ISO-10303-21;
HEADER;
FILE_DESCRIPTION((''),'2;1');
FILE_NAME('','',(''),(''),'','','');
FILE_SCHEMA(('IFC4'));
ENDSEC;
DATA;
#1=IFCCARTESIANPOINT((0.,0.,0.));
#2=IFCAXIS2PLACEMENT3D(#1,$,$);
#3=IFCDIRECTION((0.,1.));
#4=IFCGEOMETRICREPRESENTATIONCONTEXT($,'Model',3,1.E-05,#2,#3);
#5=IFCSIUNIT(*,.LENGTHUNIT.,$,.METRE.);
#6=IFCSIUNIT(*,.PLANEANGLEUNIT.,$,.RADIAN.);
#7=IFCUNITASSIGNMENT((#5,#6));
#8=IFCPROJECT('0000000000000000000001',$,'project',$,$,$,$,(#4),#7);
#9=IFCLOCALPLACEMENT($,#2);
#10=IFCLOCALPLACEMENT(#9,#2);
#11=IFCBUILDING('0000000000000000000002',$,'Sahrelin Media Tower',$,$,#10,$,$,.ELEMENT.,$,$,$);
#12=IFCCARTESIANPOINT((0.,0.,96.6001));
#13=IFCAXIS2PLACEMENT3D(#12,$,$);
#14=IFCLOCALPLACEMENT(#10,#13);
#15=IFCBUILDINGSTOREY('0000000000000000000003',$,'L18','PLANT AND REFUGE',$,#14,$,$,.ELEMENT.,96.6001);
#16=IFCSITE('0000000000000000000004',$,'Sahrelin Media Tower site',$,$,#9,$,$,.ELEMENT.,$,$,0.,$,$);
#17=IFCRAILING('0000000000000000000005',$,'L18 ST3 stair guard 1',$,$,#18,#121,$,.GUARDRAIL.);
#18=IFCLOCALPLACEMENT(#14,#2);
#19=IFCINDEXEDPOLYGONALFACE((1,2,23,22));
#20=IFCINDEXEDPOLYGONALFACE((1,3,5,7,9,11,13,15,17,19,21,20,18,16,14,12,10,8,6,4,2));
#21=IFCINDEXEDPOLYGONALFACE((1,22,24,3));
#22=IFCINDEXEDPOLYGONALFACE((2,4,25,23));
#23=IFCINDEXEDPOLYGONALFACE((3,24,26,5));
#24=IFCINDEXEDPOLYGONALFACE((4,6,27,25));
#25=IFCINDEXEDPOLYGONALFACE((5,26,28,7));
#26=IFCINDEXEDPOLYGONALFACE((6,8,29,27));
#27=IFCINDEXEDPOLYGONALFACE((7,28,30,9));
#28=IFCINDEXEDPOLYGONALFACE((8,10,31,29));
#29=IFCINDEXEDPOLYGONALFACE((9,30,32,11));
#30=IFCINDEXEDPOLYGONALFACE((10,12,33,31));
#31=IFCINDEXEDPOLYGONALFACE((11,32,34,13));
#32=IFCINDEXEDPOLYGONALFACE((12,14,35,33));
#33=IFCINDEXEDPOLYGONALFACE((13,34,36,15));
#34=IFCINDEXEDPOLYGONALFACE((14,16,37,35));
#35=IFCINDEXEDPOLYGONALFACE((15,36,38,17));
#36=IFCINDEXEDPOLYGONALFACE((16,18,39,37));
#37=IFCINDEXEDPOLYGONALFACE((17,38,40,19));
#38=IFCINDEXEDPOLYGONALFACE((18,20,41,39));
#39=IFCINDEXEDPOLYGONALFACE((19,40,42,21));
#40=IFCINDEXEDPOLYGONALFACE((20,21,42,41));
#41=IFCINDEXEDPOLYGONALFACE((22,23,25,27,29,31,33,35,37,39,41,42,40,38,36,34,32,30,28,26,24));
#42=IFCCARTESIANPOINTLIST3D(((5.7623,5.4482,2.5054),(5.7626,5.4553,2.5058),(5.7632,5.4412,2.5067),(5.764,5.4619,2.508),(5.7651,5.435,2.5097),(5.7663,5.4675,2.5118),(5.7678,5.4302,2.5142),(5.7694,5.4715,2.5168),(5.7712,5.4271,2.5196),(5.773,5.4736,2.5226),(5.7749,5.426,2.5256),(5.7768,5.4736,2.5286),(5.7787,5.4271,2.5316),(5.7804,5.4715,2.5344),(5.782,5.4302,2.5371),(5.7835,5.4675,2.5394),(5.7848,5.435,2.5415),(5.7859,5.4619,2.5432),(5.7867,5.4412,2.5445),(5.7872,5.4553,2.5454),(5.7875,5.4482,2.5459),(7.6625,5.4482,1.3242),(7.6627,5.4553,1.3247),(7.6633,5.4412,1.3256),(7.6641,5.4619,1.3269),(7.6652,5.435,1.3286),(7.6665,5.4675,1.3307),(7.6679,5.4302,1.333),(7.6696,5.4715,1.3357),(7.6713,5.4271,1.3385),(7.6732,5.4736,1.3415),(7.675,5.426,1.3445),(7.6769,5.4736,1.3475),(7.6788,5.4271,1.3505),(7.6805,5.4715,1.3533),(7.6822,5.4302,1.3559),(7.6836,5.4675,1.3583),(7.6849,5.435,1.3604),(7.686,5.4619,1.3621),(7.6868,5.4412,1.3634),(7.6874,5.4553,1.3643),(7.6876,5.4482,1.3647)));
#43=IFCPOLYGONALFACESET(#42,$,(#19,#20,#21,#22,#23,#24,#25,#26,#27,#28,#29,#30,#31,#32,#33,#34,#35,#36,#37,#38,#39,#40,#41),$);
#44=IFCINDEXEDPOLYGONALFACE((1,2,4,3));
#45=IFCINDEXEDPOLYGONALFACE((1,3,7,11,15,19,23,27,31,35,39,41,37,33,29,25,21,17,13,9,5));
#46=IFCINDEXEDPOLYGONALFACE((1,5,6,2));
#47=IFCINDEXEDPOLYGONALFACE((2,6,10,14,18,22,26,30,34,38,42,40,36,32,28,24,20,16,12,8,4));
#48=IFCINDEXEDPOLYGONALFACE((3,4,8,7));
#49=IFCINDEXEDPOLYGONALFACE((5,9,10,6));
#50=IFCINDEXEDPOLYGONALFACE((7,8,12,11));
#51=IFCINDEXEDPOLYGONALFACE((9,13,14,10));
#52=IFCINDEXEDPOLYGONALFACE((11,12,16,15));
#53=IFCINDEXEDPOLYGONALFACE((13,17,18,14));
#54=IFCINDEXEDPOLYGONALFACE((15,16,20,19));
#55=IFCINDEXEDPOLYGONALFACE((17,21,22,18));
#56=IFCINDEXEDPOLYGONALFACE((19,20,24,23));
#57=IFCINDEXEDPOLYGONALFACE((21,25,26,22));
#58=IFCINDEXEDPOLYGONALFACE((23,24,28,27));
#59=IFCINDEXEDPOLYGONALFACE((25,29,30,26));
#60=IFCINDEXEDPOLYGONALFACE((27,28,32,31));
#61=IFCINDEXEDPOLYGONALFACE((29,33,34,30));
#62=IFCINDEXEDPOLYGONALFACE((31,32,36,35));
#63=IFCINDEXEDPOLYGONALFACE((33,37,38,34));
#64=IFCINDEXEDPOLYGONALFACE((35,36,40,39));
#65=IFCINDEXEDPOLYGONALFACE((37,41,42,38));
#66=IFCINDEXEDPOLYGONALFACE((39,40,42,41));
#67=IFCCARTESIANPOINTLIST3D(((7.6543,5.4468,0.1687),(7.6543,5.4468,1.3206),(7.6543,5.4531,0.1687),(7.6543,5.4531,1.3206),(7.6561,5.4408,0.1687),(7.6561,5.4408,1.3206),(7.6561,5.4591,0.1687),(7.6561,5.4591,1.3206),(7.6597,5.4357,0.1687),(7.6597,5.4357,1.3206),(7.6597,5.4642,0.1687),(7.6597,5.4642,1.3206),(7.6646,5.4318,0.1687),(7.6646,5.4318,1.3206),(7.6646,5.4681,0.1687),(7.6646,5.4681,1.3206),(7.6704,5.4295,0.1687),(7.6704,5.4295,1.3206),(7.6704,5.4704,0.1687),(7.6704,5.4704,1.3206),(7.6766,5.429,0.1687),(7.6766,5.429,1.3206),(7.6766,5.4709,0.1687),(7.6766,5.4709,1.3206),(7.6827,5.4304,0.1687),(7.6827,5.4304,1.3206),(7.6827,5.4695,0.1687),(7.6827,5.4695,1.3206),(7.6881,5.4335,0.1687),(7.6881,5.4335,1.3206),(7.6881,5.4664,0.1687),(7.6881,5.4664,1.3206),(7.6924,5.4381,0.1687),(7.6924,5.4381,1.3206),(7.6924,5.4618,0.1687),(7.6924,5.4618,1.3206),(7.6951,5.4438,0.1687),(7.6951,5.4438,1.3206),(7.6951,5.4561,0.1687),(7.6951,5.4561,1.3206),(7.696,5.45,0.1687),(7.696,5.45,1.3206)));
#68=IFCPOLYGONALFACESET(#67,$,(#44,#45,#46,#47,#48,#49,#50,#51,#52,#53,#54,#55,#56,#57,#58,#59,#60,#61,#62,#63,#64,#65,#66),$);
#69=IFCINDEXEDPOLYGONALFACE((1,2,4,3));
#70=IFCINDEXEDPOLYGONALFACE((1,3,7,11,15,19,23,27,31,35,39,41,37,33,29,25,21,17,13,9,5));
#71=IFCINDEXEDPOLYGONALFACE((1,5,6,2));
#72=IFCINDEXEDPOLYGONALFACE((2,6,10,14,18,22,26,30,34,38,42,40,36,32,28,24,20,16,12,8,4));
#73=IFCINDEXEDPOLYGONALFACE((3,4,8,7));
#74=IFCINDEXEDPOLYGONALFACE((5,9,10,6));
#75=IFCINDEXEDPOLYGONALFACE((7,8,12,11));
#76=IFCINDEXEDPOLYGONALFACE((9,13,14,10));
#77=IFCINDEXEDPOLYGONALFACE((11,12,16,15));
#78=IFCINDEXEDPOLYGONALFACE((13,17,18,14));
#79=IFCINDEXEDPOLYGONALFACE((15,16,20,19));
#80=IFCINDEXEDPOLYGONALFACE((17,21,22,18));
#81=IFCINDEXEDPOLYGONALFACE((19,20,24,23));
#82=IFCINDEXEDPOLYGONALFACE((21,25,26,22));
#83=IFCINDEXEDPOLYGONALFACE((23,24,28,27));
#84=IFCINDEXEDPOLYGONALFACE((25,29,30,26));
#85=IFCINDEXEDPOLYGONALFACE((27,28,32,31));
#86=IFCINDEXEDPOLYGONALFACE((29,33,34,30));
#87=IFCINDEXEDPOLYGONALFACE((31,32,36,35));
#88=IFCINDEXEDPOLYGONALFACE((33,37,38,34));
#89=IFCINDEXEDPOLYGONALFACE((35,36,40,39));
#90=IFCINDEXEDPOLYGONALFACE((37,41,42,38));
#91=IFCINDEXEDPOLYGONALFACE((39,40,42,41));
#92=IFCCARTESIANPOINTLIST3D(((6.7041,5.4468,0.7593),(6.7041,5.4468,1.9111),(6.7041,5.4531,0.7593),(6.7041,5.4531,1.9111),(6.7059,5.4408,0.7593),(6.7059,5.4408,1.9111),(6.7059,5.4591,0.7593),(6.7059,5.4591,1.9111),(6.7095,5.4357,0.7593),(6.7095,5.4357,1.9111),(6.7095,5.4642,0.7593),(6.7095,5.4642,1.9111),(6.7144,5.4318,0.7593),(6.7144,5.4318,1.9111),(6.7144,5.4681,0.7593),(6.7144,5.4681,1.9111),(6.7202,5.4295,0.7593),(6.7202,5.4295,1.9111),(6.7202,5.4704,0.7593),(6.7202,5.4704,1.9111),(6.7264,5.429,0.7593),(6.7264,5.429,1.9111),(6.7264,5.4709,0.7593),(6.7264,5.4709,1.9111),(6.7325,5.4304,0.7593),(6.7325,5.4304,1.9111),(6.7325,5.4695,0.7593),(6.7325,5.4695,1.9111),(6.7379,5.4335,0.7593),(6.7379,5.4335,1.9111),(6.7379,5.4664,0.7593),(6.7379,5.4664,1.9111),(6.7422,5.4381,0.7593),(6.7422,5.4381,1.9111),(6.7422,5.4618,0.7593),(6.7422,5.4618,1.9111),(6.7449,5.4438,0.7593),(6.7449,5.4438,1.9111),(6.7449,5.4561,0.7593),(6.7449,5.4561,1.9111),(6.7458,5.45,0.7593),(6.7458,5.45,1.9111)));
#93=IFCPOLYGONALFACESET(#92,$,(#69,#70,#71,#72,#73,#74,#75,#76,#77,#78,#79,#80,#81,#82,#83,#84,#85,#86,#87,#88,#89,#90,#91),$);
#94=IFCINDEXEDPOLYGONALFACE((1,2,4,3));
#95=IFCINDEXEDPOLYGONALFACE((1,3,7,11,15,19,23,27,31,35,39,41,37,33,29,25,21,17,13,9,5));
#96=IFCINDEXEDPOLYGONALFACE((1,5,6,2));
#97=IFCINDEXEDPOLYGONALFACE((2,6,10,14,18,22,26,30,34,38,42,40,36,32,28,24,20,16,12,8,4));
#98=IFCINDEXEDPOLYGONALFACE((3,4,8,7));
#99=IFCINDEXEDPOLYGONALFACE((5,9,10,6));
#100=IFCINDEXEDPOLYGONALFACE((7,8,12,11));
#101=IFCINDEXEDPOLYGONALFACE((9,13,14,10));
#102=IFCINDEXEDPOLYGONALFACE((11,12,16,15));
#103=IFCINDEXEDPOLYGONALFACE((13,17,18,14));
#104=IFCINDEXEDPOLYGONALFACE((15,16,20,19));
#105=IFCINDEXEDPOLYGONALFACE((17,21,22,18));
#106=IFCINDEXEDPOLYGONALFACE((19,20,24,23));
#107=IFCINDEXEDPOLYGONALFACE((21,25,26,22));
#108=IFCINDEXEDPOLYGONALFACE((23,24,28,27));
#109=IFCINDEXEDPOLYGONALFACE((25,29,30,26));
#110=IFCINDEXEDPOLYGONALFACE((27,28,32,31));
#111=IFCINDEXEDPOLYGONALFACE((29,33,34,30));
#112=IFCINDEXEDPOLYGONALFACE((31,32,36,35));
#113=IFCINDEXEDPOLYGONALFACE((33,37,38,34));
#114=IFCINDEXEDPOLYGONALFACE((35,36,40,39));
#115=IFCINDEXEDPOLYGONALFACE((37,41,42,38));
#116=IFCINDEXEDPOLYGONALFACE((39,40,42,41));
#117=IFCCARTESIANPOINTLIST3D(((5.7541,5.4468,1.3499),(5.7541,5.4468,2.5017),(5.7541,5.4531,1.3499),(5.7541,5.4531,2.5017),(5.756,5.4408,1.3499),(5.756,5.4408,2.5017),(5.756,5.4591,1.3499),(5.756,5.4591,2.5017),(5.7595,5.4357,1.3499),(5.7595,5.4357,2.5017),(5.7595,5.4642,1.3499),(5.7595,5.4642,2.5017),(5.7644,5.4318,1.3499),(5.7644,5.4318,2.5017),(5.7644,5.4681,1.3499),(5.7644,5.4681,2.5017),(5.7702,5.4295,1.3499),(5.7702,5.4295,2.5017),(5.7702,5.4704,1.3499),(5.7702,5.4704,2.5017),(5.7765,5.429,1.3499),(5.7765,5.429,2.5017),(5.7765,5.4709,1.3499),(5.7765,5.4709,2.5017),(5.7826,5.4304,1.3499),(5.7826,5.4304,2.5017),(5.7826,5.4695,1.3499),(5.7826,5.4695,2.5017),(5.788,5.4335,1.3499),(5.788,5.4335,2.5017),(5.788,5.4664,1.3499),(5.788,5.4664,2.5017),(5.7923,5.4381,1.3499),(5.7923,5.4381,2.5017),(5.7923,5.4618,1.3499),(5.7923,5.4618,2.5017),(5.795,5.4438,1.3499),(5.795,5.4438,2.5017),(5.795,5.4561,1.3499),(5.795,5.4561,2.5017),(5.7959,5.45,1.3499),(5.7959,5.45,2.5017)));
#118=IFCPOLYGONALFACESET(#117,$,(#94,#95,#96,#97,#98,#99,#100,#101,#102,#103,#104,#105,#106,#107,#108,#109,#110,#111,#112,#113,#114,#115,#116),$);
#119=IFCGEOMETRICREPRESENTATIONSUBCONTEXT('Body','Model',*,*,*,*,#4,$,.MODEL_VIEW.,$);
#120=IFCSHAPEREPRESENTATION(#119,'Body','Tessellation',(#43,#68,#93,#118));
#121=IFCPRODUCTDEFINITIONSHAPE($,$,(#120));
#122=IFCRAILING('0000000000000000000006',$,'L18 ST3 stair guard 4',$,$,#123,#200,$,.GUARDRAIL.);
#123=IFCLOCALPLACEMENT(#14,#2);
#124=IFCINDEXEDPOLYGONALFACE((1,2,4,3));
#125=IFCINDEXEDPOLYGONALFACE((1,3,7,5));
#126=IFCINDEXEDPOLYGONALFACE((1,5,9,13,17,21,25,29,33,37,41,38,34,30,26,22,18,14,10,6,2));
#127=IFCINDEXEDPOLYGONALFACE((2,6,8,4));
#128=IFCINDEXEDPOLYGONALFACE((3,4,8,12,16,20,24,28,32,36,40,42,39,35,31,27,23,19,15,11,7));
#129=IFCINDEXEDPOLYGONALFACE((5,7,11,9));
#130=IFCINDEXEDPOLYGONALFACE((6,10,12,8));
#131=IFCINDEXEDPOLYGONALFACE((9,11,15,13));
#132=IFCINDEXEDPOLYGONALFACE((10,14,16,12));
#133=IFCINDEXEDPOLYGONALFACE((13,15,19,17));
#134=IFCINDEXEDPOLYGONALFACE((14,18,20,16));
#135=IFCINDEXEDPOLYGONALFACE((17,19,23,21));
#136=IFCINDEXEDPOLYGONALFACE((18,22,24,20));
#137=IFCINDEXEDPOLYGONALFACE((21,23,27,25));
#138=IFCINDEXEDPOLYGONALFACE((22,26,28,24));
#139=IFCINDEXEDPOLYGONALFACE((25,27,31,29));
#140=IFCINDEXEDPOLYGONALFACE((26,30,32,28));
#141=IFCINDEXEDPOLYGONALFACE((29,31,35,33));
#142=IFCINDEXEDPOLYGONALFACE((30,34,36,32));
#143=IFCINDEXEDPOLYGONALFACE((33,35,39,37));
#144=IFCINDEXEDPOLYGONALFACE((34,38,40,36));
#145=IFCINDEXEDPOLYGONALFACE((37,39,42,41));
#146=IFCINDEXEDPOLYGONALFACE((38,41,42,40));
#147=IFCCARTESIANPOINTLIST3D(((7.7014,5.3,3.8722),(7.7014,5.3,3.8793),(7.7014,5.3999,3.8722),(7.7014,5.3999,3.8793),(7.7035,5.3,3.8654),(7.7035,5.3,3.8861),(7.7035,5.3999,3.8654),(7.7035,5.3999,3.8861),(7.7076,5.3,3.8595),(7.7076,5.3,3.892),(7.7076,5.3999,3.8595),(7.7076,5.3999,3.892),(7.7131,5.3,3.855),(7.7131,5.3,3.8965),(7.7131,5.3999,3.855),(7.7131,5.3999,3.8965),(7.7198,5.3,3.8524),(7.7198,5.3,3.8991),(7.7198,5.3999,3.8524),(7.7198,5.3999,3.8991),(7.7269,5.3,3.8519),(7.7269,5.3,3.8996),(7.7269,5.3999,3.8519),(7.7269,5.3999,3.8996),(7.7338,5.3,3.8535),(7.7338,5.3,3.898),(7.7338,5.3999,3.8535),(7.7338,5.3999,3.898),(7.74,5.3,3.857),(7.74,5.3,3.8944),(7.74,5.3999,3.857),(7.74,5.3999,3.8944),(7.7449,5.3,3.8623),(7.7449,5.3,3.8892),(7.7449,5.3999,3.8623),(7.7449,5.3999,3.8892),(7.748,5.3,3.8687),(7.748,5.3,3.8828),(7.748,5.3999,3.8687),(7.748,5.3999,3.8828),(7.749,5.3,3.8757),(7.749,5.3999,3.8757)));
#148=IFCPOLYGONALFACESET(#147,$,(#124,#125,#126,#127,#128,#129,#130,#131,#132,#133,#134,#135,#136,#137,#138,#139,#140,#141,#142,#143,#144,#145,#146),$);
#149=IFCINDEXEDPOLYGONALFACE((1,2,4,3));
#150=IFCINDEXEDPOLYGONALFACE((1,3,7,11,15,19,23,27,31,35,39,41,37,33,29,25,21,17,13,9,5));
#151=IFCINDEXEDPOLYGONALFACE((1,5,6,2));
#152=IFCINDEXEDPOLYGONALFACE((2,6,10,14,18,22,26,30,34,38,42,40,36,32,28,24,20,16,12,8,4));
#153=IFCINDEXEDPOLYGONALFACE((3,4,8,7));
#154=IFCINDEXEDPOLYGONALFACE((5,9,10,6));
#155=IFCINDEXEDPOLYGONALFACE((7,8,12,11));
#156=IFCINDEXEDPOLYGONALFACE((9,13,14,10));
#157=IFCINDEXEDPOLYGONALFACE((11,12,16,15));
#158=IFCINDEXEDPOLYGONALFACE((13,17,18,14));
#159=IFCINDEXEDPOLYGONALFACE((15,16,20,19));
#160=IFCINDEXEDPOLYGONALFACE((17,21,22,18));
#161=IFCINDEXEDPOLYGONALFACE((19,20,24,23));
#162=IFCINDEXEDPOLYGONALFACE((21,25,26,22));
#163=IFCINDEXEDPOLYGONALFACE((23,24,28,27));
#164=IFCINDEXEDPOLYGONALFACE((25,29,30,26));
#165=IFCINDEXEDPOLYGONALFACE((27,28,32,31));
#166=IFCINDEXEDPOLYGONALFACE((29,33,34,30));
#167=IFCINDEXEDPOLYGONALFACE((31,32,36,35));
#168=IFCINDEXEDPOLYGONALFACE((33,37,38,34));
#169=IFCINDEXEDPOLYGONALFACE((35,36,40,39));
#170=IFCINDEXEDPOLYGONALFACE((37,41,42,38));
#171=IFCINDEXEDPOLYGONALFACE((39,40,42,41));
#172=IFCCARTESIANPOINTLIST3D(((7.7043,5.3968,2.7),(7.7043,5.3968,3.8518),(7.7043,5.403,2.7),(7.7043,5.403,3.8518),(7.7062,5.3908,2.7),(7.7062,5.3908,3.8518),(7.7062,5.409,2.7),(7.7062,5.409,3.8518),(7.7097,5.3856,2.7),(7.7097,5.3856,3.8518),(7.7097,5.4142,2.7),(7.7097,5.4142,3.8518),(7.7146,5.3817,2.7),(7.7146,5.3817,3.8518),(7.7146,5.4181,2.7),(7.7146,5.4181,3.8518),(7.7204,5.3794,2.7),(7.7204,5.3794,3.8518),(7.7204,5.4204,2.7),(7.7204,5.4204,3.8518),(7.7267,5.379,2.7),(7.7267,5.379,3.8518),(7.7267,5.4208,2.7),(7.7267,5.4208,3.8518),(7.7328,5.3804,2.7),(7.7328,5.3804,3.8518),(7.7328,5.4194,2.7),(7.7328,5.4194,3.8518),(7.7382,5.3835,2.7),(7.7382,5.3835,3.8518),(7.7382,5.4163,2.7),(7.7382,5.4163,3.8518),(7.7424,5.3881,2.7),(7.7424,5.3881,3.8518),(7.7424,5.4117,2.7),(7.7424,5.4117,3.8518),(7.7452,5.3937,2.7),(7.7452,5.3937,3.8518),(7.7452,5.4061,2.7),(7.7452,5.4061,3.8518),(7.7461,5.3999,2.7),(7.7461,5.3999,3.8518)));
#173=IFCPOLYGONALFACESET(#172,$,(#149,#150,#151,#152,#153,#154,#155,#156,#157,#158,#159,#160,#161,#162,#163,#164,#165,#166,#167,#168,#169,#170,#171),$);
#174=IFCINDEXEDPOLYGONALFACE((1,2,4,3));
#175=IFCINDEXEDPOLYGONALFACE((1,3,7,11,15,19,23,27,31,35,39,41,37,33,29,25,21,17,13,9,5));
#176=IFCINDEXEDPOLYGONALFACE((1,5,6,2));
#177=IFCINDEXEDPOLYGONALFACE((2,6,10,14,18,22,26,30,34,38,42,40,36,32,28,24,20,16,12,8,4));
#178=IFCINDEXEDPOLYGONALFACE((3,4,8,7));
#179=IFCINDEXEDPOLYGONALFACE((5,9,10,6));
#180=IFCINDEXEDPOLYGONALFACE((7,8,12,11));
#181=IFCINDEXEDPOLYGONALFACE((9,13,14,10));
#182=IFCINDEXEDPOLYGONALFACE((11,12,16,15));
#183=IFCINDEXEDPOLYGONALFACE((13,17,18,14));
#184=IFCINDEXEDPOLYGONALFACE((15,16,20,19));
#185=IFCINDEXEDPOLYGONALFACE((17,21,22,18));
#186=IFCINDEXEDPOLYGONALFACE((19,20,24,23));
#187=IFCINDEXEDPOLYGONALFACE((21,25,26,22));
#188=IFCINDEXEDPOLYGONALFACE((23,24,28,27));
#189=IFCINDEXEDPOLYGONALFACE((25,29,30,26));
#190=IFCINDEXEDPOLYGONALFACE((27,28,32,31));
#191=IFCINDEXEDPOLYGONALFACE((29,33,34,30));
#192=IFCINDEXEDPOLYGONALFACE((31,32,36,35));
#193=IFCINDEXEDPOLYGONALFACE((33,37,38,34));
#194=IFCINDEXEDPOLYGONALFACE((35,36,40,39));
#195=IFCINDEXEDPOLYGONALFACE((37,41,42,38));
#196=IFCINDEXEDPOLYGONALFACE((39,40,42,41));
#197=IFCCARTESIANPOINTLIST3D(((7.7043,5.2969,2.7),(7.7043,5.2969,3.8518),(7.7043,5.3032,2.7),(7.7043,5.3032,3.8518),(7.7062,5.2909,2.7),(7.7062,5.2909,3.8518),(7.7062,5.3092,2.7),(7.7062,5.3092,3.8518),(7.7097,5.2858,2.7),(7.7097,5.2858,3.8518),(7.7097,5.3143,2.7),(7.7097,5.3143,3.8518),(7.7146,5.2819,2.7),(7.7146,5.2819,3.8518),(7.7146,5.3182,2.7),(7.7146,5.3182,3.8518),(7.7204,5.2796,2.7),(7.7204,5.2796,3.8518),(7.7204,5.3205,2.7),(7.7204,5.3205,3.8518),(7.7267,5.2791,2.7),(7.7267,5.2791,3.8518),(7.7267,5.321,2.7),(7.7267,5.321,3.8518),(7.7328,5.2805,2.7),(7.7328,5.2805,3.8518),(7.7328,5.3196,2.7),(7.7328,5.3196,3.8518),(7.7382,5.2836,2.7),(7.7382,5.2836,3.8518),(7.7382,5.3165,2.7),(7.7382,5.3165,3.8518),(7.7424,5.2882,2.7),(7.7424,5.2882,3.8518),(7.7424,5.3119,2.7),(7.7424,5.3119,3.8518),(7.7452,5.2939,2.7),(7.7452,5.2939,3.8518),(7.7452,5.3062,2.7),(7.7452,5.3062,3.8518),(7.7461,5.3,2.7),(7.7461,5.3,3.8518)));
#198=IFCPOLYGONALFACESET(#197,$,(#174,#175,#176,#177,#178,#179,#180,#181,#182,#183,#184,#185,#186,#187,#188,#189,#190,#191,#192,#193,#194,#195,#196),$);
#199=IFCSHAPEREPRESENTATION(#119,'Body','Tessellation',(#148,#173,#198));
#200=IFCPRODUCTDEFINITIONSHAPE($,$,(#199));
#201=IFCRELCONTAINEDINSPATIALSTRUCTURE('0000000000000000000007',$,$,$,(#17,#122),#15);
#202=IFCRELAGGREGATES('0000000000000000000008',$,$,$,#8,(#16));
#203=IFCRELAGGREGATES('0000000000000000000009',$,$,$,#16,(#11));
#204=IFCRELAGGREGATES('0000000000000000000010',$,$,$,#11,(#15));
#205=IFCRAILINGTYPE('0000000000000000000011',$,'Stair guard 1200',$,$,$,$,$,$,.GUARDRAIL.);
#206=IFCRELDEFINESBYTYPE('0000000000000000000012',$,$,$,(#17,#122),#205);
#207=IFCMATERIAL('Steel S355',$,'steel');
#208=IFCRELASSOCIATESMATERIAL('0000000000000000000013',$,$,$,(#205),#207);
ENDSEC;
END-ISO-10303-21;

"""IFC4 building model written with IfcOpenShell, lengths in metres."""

from ifc_helpers import new_model, si_unit, direction, frame, origin, origin_2d, place, context, subcontext, project, spatial, circle, extrude, material, type_object, element, save


model = new_model("IFC4")

# Units and contexts
model_context = context("Model", 3, precision=1e-05, world=origin(), true_north=direction((0.0, 1.0)))
body_context = subcontext(model_context, "Body", "Model", "MODEL_VIEW")
ifc_project = project(units=[si_unit("LENGTHUNIT", "METRE"), si_unit("PLANEANGLEUNIT", "RADIAN")], contexts=[model_context])

# Site, building, storey
site_placement = place(None, origin())
site = spatial("IfcSite", under=ifc_project, at=site_placement, Name="Sahrelin Media Tower site", CompositionType="ELEMENT", RefElevation=0.0)
building_placement = place(site_placement, origin())
building = spatial("IfcBuilding", under=site, at=building_placement, Name="Sahrelin Media Tower", CompositionType="ELEMENT")
storey_placement = place(building_placement, frame((0.0, 0.0, 96.6001)))
storey = spatial("IfcBuildingStorey", under=building, at=storey_placement, Name="L18", Description="PLANT AND REFUGE", CompositionType="ELEMENT", Elevation=96.6001)

# Shared definitions
ifc_material_1 = material(Name="Steel S355", Category="steel")

# Railings
railing_type_1 = type_object("IfcRailingType", Name="Stair guard 1200", PredefinedType="GUARDRAIL", material=ifc_material_1)
railing_1_placement = place(storey_placement, frame((7.675, 5.45, 0.1687)))
element("IfcRailing", 1, at=railing_1_placement, inside=storey, type_object=railing_type_1, Name="L18 ST3 stair guard 1", PredefinedType="GUARDRAIL", context=body_context, shape_type="SweptSolid", body=[
    extrude(circle(Radius=0.0239, at=origin_2d()), frame((0.0, 0.0, 1.1758), z_axis=(-0.849289, 0.0, 0.527928), x_axis=(0.0, -1.0, 0.0)), (0.0, 0.0, 1.0), 2.2373),
    extrude(circle(Radius=0.021, at=origin_2d()), origin(), (0.0, 0.0, 1.0), 1.1519),
    extrude(circle(Radius=0.021, at=origin_2d()), frame((-0.9502, 0.0, 0.5906)), (0.0, 0.0, 1.0), 1.1519),
    extrude(circle(Radius=0.021, at=origin_2d()), frame((-1.9001, 0.0, 1.1812)), (0.0, 0.0, 1.0), 1.1519),
])
railing_2_placement = place(storey_placement, frame((7.7251, 5.3999, 2.7)))
element("IfcRailing", 2, at=railing_2_placement, inside=storey, type_object=railing_type_1, Name="L18 ST3 stair guard 4", PredefinedType="GUARDRAIL", context=body_context, shape_type="SweptSolid", body=[
    extrude(circle(Radius=0.0239, at=origin_2d()), frame((0.0, 0.0, 1.1758), z_axis=(0.0, -1.0, 0.0), x_axis=(1.0, 0.0, 0.0)), (0.0, 0.0, 1.0), 0.0999),
    extrude(circle(Radius=0.021, at=origin_2d()), origin(), (0.0, 0.0, 1.0), 1.1519),
    extrude(circle(Radius=0.021, at=origin_2d()), frame((0.0, -0.0999, 0.0)), (0.0, 0.0, 1.0), 1.1519),
])

save(model, "model.ifc")
